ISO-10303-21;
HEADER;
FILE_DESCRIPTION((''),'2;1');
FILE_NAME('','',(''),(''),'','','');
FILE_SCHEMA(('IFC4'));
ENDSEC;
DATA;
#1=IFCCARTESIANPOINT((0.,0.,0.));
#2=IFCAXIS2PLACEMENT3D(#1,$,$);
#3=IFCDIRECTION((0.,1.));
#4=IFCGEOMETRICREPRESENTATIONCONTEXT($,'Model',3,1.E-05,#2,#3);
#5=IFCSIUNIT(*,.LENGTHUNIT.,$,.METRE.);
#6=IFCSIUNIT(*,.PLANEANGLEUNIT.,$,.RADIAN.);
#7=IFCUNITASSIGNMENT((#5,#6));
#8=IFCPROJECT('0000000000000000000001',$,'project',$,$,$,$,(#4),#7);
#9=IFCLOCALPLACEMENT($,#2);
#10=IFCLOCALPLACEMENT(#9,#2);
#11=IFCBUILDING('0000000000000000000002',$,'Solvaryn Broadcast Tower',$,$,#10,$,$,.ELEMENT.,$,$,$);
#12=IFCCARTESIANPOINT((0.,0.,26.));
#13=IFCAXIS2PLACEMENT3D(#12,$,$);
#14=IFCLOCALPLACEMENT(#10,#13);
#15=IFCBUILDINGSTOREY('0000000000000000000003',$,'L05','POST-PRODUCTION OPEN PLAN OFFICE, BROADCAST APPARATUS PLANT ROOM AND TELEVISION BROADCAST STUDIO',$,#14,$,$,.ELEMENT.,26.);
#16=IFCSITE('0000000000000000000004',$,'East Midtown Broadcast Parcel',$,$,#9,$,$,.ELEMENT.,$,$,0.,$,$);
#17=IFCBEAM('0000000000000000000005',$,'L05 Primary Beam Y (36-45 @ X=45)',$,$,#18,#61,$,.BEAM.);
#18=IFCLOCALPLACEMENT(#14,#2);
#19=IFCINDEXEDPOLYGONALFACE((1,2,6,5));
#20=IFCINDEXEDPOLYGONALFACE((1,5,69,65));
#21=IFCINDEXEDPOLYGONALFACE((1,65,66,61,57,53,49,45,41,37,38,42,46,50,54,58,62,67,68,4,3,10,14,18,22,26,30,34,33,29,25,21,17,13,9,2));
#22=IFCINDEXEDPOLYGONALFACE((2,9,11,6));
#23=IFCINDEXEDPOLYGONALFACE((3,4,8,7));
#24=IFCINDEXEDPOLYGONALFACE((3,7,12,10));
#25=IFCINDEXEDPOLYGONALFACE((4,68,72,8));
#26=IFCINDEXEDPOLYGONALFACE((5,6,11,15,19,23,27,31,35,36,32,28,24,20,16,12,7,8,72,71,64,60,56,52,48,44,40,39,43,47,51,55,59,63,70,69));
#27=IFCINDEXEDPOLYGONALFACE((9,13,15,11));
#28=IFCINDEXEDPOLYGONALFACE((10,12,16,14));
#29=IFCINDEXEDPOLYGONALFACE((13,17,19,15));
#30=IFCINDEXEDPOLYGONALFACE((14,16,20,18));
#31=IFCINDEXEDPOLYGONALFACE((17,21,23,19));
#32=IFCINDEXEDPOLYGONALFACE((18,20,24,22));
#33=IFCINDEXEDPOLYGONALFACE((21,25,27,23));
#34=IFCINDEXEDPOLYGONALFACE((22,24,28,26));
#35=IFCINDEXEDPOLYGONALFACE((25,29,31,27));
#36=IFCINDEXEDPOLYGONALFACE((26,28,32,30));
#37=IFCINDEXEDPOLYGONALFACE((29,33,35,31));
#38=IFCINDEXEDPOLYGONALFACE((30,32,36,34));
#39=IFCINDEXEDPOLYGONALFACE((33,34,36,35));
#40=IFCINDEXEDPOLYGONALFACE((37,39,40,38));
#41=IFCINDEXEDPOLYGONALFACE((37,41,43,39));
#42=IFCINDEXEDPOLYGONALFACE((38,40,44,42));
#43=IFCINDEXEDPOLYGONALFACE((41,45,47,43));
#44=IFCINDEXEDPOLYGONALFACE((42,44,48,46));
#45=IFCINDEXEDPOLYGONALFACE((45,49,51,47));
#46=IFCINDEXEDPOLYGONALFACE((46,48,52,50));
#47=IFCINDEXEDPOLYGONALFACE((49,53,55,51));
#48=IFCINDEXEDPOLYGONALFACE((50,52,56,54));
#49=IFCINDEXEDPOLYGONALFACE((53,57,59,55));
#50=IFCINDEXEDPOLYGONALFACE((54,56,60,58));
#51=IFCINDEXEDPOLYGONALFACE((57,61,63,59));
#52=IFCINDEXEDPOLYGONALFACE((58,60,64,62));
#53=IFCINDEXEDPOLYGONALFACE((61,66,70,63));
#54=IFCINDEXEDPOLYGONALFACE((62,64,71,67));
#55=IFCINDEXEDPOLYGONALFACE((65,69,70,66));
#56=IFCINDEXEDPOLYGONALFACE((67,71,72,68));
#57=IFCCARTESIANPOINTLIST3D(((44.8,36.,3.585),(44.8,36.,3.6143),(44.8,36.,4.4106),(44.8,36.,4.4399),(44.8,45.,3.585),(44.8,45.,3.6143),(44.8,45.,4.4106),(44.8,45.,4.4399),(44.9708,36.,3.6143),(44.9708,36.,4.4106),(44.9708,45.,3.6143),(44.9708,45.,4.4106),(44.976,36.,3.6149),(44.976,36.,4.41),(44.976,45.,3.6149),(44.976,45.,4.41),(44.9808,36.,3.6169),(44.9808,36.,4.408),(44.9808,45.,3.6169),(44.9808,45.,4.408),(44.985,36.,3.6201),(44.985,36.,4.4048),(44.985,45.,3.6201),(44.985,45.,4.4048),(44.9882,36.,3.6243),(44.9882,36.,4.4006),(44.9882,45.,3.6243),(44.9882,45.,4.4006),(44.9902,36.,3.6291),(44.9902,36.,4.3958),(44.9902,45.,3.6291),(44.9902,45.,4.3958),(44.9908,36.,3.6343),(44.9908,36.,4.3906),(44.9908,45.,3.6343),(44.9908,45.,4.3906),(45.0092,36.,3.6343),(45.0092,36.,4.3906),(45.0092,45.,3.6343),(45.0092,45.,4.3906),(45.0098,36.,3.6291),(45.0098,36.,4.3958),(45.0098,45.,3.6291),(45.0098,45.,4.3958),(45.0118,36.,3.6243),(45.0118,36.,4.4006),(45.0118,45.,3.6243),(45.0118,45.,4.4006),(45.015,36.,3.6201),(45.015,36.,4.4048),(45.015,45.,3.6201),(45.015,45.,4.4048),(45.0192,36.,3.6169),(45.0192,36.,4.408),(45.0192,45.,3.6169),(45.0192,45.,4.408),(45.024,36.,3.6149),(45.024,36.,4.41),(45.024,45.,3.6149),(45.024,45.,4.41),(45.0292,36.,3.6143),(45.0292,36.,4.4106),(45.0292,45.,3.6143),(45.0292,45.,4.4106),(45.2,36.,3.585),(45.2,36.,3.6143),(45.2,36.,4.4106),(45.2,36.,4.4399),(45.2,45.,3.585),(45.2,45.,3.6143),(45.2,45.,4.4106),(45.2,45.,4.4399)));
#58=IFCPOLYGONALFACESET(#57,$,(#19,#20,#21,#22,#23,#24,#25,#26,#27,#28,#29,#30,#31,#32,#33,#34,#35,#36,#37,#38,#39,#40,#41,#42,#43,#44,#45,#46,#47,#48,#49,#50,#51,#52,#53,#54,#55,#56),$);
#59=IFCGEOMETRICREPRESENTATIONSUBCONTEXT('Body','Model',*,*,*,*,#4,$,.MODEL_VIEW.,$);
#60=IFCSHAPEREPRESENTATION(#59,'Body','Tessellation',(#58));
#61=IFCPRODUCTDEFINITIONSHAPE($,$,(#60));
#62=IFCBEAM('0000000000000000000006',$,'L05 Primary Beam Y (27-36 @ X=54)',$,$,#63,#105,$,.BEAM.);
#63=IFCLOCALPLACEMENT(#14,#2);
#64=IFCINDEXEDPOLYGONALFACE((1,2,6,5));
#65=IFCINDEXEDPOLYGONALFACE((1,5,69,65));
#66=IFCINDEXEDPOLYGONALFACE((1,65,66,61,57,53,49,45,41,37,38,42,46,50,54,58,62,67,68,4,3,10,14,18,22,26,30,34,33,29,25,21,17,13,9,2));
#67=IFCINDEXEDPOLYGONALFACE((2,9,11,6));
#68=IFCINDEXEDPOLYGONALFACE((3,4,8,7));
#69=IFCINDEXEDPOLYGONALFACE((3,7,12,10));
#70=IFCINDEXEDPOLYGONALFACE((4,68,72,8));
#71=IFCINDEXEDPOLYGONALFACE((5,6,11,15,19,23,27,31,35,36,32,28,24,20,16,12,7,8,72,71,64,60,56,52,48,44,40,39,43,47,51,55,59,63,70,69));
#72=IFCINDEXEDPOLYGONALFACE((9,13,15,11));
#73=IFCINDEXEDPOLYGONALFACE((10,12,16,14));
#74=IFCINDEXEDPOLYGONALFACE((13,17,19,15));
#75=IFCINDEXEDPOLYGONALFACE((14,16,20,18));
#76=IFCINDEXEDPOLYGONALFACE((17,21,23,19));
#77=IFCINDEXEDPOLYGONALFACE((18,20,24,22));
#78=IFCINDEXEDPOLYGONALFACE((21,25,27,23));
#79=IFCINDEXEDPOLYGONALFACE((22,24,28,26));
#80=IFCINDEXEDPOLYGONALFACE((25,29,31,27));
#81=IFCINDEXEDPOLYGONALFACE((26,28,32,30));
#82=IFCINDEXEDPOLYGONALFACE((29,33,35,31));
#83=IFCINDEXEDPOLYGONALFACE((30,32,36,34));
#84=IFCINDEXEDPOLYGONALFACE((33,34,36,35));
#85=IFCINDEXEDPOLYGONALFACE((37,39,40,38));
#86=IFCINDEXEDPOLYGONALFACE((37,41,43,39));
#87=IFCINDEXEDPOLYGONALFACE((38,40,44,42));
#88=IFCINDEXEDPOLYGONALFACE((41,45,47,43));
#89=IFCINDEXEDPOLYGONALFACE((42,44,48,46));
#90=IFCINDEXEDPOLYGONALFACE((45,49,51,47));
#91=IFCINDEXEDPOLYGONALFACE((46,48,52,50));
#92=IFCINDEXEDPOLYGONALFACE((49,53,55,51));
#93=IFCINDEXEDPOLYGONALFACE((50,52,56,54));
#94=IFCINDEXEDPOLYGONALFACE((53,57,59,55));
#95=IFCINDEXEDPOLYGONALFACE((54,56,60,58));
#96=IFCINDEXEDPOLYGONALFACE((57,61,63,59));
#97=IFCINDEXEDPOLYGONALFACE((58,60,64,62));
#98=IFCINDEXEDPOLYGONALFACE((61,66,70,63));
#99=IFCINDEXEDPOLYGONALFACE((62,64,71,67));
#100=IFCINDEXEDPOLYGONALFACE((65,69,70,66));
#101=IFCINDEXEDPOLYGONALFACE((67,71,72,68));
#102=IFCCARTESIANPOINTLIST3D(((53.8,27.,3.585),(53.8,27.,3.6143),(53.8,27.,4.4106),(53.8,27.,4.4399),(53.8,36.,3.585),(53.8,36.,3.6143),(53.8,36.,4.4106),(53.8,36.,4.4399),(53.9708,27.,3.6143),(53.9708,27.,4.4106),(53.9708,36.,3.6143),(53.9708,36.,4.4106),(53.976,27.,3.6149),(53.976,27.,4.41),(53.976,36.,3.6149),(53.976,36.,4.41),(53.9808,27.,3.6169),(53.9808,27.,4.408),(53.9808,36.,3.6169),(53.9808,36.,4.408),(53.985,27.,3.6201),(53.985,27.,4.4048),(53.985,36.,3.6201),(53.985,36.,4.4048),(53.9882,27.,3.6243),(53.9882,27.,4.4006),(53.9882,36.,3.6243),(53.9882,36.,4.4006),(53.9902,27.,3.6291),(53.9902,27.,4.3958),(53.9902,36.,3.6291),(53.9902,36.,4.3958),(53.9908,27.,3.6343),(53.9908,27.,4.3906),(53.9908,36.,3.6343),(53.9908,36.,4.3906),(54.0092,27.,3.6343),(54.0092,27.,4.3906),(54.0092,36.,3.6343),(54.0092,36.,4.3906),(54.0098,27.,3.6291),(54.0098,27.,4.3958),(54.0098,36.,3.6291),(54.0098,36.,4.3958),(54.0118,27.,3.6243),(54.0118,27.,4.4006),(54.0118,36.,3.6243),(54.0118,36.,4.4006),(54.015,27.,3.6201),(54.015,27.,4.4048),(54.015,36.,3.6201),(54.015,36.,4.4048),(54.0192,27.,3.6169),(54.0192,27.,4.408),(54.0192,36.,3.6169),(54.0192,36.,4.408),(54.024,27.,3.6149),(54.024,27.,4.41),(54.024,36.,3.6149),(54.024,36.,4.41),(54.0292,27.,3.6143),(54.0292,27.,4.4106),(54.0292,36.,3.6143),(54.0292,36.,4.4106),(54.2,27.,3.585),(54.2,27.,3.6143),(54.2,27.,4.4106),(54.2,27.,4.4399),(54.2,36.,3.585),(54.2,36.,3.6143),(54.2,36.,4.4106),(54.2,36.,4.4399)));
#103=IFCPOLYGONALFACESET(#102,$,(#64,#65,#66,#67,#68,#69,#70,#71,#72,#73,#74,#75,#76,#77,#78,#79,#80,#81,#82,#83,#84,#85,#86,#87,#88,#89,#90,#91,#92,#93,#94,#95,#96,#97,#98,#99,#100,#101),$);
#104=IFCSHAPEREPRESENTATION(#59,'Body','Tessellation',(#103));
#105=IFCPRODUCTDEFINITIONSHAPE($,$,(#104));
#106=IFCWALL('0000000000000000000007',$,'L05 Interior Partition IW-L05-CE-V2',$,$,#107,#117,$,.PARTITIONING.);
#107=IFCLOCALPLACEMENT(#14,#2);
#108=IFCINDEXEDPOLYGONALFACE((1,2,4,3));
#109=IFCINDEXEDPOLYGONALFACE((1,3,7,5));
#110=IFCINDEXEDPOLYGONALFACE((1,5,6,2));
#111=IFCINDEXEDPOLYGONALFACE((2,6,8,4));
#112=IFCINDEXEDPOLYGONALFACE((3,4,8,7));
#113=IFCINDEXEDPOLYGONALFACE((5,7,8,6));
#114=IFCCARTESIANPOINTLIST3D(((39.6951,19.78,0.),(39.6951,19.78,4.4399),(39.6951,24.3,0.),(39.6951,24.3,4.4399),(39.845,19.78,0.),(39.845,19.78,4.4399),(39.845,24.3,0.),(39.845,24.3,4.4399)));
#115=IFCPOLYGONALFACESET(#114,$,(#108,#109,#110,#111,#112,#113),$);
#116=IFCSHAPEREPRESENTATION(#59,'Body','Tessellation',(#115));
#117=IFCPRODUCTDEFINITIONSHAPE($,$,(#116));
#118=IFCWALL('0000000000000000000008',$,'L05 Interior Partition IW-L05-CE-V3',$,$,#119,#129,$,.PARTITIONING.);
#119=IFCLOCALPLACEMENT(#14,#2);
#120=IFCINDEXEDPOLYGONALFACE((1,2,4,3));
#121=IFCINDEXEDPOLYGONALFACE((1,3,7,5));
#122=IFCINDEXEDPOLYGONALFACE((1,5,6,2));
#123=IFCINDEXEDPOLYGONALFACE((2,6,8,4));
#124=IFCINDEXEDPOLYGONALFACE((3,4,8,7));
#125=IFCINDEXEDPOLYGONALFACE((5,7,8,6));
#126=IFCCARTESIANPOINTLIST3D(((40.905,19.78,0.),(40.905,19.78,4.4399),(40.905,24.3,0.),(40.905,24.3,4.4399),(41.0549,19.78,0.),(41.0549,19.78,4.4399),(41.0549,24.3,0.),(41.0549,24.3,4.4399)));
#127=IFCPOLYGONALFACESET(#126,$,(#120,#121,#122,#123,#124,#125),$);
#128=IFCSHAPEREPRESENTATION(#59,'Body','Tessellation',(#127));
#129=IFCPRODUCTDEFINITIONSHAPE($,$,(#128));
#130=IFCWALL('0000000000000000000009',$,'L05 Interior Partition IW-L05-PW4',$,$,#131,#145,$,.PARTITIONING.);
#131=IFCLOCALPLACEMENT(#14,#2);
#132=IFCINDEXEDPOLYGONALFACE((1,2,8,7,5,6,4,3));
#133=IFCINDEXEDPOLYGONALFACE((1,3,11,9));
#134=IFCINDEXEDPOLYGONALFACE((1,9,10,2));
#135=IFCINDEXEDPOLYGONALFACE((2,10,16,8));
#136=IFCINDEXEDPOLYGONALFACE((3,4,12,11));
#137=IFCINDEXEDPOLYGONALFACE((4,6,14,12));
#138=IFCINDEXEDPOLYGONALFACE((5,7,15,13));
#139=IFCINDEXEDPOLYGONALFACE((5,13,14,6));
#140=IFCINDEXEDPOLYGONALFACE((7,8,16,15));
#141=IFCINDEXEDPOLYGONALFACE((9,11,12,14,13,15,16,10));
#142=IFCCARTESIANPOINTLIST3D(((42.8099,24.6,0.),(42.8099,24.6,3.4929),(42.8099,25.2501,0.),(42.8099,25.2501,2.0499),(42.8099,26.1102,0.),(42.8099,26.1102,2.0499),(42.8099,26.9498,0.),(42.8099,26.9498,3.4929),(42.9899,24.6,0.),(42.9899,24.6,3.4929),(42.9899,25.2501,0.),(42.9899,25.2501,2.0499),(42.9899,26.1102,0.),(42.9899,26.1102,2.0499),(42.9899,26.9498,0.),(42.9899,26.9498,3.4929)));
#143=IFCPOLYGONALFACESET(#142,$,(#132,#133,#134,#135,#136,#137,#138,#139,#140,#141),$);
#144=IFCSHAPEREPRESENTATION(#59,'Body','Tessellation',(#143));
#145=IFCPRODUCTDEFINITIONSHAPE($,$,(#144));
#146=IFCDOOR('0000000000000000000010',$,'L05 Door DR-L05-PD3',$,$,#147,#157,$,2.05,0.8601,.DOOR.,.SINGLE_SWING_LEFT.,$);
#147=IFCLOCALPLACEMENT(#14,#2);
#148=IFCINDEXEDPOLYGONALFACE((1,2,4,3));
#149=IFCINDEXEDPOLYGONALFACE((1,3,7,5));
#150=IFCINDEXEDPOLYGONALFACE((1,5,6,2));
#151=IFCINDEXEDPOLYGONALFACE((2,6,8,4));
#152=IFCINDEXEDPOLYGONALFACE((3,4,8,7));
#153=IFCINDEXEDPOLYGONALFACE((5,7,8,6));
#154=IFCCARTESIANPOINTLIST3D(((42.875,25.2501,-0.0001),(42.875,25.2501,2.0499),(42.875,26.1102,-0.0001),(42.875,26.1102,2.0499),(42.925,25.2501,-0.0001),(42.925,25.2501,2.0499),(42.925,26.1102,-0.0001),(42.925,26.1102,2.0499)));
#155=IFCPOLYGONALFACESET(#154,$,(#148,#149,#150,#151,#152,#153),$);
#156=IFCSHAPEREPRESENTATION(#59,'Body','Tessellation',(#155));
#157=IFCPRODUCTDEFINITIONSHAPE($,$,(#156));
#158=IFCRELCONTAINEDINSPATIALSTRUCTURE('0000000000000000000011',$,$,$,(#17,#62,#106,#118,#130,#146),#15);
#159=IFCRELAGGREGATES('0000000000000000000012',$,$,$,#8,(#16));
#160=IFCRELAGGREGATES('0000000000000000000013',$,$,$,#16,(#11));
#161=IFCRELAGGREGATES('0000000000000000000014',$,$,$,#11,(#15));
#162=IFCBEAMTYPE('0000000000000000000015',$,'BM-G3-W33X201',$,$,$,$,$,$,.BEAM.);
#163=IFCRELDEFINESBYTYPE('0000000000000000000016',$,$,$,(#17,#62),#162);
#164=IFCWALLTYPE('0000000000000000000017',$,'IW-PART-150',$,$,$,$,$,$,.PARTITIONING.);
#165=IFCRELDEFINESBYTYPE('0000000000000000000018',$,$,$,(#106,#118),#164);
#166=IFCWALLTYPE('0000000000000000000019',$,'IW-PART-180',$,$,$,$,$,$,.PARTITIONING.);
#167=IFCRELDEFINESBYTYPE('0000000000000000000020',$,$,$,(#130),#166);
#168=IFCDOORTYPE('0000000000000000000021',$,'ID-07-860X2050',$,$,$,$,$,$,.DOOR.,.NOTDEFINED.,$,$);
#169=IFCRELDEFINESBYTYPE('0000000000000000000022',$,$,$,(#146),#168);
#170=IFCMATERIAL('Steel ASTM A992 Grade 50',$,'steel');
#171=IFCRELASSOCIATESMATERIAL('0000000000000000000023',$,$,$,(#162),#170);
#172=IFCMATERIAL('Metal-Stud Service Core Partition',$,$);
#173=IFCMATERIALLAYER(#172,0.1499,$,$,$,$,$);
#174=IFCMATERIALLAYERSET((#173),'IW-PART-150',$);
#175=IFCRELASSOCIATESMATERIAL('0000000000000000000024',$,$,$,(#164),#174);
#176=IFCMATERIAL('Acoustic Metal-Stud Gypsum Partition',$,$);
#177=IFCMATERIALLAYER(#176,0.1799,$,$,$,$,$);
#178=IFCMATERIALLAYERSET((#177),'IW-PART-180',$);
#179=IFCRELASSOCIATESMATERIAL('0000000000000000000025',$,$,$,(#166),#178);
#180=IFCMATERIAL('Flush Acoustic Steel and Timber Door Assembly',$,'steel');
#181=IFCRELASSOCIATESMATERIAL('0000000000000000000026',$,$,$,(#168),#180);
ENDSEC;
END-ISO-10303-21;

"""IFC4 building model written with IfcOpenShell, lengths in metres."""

from ifc_helpers import new_model, si_unit, direction, frame, frame_2d, origin, origin_2d, place, context, subcontext, project, spatial, rectangle, i_section, extrude, material, layer, layer_set, material_profile, profile_set, type_object, element, fill, save


model = new_model("IFC4")

# Units and contexts
model_context = context("Model", 3, precision=1e-05, world=origin(), true_north=direction((0.0, 1.0)))
body_context = subcontext(model_context, "Body", "Model", "MODEL_VIEW")
ifc_project = project(units=[si_unit("LENGTHUNIT", "METRE"), si_unit("PLANEANGLEUNIT", "RADIAN")], contexts=[model_context])

# Site, building, storey
site_placement = place(None, origin())
site = spatial("IfcSite", under=ifc_project, at=site_placement, Name="East Midtown Broadcast Parcel", CompositionType="ELEMENT", RefElevation=0.0)
building_placement = place(site_placement, origin())
building = spatial("IfcBuilding", under=site, at=building_placement, Name="Solvaryn Broadcast Tower", CompositionType="ELEMENT")
storey_placement = place(building_placement, frame((0.0, 0.0, 26.0)))
storey = spatial("IfcBuildingStorey", under=building, at=storey_placement, Name="L05", Description="POST-PRODUCTION OPEN PLAN OFFICE, BROADCAST APPARATUS PLANT ROOM AND TELEVISION BROADCAST STUDIO", CompositionType="ELEMENT", Elevation=26.0)

# Beams
ifc_material_1 = material(Name="Steel ASTM A992 Grade 50", Category="steel")
ifc_material_profile_1 = material_profile(ifc_material_1, i_section(OverallWidth=0.3999, OverallDepth=0.855, WebThickness=0.0183, FlangeThickness=0.0293, FilletRadius=0.02, at=origin_2d()))
ifc_profile_set_1 = profile_set([ifc_material_profile_1], Name="Steel ASTM A992 Grade 50")
beam_type_1 = type_object("IfcBeamType", Name="BM-G3-W33X201", PredefinedType="BEAM", material=ifc_profile_set_1)
for number, where, z_axis, x_axis, name in (
    (1, (45.0, 36.0, 4.0125), (0.0, 1.0, 0.0), (-1.0, 0.0, 0.0), "L05 Primary Beam Y (36-45 @ X=45)"),
    (2, (54.0, 27.0, 4.0125), (0.0, 1.0, 0.0), (-1.0, 0.0, 0.0), "L05 Primary Beam Y (27-36 @ X=54)"),
):
    element("IfcBeam", number, at=place(storey_placement, frame(where, z_axis=z_axis, x_axis=x_axis)), inside=storey, type_object=beam_type_1, Name=name, PredefinedType="BEAM", context=body_context, shape_type="SweptSolid", body=[
        extrude(i_section(OverallWidth=0.3999, OverallDepth=0.855, WebThickness=0.0183, FlangeThickness=0.0293, FilletRadius=0.02, at=origin_2d()), origin(), (0.0, 0.0, 1.0), 9.0),
    ])

# Walls
ifc_material_2 = material(Name="Metal-Stud Service Core Partition")
ifc_layer_1 = layer(ifc_material_2, 0.1499)
ifc_layer_set_1 = layer_set([ifc_layer_1], Name="IW-PART-150")
wall_type_1 = type_object("IfcWallType", Name="IW-PART-150", PredefinedType="PARTITIONING", material=ifc_layer_set_1)
for number, where, z_axis, x_axis, name in (
    (3, (39.77, 19.78, 0.0), (0.0, 0.0, 1.0), (0.0, 1.0, 0.0), "L05 Interior Partition IW-L05-CE-V2"),
    (4, (40.98, 19.78, 0.0), (0.0, 0.0, 1.0), (0.0, 1.0, 0.0), "L05 Interior Partition IW-L05-CE-V3"),
):
    element("IfcWall", number, at=place(storey_placement, frame(where, z_axis=z_axis, x_axis=x_axis)), inside=storey, type_object=wall_type_1, Name=name, PredefinedType="PARTITIONING", context=body_context, shape_type="SweptSolid", body=[
        extrude(rectangle(XDim=4.52, YDim=0.1499, at=frame_2d((2.26, 0.0))), origin(), (0.0, 0.0, 1.0), 4.4399),
    ])

# Wall, opening, door
ifc_material_3 = material(Name="Acoustic Metal-Stud Gypsum Partition")
ifc_layer_2 = layer(ifc_material_3, 0.1799)
ifc_layer_set_2 = layer_set([ifc_layer_2], Name="IW-PART-180")
wall_type_2 = type_object("IfcWallType", Name="IW-PART-180", PredefinedType="PARTITIONING", material=ifc_layer_set_2)
wall_1_placement = place(storey_placement, frame((42.8999, 24.6001, 0.0), z_axis=(0.0, 0.0, 1.0), x_axis=(0.0, 1.0, 0.0)))
wall_1 = element("IfcWall", 5, at=wall_1_placement, inside=storey, type_object=wall_type_2, Name="L05 Interior Partition IW-L05-PW4", PredefinedType="PARTITIONING", context=body_context, shape_type="SweptSolid", body=[
    extrude(rectangle(XDim=2.3499, YDim=0.1799, at=frame_2d((1.1748, 0.0))), origin(), (0.0, 0.0, 1.0), 3.4929),
])
opening_1_placement = place(wall_1_placement, frame((0.6499, 0.0, 0.0)))
opening_1 = element("IfcOpeningElement", 6, at=opening_1_placement, cuts=wall_1, PredefinedType="OPENING", context=body_context, shape_type="SweptSolid", body=[
    extrude(rectangle(XDim=0.8601, YDim=2.05, at=frame_2d((0.4302, 1.0249))), frame((0.0, 0.0999, 0.0), z_axis=(0.0, -1.0, 0.0), x_axis=(1.0, 0.0, 0.0)), (0.0, 0.0, 1.0), 0.2),
])
ifc_material_4 = material(Name="Flush Acoustic Steel and Timber Door Assembly", Category="steel")
door_type_1 = type_object("IfcDoorType", Name="ID-07-860X2050", OperationType="NOTDEFINED", PredefinedType="DOOR", material=ifc_material_4)
door_1_placement = place(opening_1_placement, origin())
door_1 = element("IfcDoor", 7, at=door_1_placement, inside=storey, type_object=door_type_1, Name="L05 Door DR-L05-PD3", OperationType="SINGLE_SWING_LEFT", OverallHeight=2.05, OverallWidth=0.8601, PredefinedType="DOOR", context=body_context, shape_type="SweptSolid", body=[
    extrude(rectangle(XDim=0.8601, YDim=2.05, at=frame_2d((0.4302, 1.0249))), frame((0.0, 0.0249, 0.0), z_axis=(0.0, -1.0, 0.0), x_axis=(1.0, 0.0, 0.0)), (0.0, 0.0, 1.0), 0.05),
])
fill(opening_1, door_1)

save(model, "model.ifc")
